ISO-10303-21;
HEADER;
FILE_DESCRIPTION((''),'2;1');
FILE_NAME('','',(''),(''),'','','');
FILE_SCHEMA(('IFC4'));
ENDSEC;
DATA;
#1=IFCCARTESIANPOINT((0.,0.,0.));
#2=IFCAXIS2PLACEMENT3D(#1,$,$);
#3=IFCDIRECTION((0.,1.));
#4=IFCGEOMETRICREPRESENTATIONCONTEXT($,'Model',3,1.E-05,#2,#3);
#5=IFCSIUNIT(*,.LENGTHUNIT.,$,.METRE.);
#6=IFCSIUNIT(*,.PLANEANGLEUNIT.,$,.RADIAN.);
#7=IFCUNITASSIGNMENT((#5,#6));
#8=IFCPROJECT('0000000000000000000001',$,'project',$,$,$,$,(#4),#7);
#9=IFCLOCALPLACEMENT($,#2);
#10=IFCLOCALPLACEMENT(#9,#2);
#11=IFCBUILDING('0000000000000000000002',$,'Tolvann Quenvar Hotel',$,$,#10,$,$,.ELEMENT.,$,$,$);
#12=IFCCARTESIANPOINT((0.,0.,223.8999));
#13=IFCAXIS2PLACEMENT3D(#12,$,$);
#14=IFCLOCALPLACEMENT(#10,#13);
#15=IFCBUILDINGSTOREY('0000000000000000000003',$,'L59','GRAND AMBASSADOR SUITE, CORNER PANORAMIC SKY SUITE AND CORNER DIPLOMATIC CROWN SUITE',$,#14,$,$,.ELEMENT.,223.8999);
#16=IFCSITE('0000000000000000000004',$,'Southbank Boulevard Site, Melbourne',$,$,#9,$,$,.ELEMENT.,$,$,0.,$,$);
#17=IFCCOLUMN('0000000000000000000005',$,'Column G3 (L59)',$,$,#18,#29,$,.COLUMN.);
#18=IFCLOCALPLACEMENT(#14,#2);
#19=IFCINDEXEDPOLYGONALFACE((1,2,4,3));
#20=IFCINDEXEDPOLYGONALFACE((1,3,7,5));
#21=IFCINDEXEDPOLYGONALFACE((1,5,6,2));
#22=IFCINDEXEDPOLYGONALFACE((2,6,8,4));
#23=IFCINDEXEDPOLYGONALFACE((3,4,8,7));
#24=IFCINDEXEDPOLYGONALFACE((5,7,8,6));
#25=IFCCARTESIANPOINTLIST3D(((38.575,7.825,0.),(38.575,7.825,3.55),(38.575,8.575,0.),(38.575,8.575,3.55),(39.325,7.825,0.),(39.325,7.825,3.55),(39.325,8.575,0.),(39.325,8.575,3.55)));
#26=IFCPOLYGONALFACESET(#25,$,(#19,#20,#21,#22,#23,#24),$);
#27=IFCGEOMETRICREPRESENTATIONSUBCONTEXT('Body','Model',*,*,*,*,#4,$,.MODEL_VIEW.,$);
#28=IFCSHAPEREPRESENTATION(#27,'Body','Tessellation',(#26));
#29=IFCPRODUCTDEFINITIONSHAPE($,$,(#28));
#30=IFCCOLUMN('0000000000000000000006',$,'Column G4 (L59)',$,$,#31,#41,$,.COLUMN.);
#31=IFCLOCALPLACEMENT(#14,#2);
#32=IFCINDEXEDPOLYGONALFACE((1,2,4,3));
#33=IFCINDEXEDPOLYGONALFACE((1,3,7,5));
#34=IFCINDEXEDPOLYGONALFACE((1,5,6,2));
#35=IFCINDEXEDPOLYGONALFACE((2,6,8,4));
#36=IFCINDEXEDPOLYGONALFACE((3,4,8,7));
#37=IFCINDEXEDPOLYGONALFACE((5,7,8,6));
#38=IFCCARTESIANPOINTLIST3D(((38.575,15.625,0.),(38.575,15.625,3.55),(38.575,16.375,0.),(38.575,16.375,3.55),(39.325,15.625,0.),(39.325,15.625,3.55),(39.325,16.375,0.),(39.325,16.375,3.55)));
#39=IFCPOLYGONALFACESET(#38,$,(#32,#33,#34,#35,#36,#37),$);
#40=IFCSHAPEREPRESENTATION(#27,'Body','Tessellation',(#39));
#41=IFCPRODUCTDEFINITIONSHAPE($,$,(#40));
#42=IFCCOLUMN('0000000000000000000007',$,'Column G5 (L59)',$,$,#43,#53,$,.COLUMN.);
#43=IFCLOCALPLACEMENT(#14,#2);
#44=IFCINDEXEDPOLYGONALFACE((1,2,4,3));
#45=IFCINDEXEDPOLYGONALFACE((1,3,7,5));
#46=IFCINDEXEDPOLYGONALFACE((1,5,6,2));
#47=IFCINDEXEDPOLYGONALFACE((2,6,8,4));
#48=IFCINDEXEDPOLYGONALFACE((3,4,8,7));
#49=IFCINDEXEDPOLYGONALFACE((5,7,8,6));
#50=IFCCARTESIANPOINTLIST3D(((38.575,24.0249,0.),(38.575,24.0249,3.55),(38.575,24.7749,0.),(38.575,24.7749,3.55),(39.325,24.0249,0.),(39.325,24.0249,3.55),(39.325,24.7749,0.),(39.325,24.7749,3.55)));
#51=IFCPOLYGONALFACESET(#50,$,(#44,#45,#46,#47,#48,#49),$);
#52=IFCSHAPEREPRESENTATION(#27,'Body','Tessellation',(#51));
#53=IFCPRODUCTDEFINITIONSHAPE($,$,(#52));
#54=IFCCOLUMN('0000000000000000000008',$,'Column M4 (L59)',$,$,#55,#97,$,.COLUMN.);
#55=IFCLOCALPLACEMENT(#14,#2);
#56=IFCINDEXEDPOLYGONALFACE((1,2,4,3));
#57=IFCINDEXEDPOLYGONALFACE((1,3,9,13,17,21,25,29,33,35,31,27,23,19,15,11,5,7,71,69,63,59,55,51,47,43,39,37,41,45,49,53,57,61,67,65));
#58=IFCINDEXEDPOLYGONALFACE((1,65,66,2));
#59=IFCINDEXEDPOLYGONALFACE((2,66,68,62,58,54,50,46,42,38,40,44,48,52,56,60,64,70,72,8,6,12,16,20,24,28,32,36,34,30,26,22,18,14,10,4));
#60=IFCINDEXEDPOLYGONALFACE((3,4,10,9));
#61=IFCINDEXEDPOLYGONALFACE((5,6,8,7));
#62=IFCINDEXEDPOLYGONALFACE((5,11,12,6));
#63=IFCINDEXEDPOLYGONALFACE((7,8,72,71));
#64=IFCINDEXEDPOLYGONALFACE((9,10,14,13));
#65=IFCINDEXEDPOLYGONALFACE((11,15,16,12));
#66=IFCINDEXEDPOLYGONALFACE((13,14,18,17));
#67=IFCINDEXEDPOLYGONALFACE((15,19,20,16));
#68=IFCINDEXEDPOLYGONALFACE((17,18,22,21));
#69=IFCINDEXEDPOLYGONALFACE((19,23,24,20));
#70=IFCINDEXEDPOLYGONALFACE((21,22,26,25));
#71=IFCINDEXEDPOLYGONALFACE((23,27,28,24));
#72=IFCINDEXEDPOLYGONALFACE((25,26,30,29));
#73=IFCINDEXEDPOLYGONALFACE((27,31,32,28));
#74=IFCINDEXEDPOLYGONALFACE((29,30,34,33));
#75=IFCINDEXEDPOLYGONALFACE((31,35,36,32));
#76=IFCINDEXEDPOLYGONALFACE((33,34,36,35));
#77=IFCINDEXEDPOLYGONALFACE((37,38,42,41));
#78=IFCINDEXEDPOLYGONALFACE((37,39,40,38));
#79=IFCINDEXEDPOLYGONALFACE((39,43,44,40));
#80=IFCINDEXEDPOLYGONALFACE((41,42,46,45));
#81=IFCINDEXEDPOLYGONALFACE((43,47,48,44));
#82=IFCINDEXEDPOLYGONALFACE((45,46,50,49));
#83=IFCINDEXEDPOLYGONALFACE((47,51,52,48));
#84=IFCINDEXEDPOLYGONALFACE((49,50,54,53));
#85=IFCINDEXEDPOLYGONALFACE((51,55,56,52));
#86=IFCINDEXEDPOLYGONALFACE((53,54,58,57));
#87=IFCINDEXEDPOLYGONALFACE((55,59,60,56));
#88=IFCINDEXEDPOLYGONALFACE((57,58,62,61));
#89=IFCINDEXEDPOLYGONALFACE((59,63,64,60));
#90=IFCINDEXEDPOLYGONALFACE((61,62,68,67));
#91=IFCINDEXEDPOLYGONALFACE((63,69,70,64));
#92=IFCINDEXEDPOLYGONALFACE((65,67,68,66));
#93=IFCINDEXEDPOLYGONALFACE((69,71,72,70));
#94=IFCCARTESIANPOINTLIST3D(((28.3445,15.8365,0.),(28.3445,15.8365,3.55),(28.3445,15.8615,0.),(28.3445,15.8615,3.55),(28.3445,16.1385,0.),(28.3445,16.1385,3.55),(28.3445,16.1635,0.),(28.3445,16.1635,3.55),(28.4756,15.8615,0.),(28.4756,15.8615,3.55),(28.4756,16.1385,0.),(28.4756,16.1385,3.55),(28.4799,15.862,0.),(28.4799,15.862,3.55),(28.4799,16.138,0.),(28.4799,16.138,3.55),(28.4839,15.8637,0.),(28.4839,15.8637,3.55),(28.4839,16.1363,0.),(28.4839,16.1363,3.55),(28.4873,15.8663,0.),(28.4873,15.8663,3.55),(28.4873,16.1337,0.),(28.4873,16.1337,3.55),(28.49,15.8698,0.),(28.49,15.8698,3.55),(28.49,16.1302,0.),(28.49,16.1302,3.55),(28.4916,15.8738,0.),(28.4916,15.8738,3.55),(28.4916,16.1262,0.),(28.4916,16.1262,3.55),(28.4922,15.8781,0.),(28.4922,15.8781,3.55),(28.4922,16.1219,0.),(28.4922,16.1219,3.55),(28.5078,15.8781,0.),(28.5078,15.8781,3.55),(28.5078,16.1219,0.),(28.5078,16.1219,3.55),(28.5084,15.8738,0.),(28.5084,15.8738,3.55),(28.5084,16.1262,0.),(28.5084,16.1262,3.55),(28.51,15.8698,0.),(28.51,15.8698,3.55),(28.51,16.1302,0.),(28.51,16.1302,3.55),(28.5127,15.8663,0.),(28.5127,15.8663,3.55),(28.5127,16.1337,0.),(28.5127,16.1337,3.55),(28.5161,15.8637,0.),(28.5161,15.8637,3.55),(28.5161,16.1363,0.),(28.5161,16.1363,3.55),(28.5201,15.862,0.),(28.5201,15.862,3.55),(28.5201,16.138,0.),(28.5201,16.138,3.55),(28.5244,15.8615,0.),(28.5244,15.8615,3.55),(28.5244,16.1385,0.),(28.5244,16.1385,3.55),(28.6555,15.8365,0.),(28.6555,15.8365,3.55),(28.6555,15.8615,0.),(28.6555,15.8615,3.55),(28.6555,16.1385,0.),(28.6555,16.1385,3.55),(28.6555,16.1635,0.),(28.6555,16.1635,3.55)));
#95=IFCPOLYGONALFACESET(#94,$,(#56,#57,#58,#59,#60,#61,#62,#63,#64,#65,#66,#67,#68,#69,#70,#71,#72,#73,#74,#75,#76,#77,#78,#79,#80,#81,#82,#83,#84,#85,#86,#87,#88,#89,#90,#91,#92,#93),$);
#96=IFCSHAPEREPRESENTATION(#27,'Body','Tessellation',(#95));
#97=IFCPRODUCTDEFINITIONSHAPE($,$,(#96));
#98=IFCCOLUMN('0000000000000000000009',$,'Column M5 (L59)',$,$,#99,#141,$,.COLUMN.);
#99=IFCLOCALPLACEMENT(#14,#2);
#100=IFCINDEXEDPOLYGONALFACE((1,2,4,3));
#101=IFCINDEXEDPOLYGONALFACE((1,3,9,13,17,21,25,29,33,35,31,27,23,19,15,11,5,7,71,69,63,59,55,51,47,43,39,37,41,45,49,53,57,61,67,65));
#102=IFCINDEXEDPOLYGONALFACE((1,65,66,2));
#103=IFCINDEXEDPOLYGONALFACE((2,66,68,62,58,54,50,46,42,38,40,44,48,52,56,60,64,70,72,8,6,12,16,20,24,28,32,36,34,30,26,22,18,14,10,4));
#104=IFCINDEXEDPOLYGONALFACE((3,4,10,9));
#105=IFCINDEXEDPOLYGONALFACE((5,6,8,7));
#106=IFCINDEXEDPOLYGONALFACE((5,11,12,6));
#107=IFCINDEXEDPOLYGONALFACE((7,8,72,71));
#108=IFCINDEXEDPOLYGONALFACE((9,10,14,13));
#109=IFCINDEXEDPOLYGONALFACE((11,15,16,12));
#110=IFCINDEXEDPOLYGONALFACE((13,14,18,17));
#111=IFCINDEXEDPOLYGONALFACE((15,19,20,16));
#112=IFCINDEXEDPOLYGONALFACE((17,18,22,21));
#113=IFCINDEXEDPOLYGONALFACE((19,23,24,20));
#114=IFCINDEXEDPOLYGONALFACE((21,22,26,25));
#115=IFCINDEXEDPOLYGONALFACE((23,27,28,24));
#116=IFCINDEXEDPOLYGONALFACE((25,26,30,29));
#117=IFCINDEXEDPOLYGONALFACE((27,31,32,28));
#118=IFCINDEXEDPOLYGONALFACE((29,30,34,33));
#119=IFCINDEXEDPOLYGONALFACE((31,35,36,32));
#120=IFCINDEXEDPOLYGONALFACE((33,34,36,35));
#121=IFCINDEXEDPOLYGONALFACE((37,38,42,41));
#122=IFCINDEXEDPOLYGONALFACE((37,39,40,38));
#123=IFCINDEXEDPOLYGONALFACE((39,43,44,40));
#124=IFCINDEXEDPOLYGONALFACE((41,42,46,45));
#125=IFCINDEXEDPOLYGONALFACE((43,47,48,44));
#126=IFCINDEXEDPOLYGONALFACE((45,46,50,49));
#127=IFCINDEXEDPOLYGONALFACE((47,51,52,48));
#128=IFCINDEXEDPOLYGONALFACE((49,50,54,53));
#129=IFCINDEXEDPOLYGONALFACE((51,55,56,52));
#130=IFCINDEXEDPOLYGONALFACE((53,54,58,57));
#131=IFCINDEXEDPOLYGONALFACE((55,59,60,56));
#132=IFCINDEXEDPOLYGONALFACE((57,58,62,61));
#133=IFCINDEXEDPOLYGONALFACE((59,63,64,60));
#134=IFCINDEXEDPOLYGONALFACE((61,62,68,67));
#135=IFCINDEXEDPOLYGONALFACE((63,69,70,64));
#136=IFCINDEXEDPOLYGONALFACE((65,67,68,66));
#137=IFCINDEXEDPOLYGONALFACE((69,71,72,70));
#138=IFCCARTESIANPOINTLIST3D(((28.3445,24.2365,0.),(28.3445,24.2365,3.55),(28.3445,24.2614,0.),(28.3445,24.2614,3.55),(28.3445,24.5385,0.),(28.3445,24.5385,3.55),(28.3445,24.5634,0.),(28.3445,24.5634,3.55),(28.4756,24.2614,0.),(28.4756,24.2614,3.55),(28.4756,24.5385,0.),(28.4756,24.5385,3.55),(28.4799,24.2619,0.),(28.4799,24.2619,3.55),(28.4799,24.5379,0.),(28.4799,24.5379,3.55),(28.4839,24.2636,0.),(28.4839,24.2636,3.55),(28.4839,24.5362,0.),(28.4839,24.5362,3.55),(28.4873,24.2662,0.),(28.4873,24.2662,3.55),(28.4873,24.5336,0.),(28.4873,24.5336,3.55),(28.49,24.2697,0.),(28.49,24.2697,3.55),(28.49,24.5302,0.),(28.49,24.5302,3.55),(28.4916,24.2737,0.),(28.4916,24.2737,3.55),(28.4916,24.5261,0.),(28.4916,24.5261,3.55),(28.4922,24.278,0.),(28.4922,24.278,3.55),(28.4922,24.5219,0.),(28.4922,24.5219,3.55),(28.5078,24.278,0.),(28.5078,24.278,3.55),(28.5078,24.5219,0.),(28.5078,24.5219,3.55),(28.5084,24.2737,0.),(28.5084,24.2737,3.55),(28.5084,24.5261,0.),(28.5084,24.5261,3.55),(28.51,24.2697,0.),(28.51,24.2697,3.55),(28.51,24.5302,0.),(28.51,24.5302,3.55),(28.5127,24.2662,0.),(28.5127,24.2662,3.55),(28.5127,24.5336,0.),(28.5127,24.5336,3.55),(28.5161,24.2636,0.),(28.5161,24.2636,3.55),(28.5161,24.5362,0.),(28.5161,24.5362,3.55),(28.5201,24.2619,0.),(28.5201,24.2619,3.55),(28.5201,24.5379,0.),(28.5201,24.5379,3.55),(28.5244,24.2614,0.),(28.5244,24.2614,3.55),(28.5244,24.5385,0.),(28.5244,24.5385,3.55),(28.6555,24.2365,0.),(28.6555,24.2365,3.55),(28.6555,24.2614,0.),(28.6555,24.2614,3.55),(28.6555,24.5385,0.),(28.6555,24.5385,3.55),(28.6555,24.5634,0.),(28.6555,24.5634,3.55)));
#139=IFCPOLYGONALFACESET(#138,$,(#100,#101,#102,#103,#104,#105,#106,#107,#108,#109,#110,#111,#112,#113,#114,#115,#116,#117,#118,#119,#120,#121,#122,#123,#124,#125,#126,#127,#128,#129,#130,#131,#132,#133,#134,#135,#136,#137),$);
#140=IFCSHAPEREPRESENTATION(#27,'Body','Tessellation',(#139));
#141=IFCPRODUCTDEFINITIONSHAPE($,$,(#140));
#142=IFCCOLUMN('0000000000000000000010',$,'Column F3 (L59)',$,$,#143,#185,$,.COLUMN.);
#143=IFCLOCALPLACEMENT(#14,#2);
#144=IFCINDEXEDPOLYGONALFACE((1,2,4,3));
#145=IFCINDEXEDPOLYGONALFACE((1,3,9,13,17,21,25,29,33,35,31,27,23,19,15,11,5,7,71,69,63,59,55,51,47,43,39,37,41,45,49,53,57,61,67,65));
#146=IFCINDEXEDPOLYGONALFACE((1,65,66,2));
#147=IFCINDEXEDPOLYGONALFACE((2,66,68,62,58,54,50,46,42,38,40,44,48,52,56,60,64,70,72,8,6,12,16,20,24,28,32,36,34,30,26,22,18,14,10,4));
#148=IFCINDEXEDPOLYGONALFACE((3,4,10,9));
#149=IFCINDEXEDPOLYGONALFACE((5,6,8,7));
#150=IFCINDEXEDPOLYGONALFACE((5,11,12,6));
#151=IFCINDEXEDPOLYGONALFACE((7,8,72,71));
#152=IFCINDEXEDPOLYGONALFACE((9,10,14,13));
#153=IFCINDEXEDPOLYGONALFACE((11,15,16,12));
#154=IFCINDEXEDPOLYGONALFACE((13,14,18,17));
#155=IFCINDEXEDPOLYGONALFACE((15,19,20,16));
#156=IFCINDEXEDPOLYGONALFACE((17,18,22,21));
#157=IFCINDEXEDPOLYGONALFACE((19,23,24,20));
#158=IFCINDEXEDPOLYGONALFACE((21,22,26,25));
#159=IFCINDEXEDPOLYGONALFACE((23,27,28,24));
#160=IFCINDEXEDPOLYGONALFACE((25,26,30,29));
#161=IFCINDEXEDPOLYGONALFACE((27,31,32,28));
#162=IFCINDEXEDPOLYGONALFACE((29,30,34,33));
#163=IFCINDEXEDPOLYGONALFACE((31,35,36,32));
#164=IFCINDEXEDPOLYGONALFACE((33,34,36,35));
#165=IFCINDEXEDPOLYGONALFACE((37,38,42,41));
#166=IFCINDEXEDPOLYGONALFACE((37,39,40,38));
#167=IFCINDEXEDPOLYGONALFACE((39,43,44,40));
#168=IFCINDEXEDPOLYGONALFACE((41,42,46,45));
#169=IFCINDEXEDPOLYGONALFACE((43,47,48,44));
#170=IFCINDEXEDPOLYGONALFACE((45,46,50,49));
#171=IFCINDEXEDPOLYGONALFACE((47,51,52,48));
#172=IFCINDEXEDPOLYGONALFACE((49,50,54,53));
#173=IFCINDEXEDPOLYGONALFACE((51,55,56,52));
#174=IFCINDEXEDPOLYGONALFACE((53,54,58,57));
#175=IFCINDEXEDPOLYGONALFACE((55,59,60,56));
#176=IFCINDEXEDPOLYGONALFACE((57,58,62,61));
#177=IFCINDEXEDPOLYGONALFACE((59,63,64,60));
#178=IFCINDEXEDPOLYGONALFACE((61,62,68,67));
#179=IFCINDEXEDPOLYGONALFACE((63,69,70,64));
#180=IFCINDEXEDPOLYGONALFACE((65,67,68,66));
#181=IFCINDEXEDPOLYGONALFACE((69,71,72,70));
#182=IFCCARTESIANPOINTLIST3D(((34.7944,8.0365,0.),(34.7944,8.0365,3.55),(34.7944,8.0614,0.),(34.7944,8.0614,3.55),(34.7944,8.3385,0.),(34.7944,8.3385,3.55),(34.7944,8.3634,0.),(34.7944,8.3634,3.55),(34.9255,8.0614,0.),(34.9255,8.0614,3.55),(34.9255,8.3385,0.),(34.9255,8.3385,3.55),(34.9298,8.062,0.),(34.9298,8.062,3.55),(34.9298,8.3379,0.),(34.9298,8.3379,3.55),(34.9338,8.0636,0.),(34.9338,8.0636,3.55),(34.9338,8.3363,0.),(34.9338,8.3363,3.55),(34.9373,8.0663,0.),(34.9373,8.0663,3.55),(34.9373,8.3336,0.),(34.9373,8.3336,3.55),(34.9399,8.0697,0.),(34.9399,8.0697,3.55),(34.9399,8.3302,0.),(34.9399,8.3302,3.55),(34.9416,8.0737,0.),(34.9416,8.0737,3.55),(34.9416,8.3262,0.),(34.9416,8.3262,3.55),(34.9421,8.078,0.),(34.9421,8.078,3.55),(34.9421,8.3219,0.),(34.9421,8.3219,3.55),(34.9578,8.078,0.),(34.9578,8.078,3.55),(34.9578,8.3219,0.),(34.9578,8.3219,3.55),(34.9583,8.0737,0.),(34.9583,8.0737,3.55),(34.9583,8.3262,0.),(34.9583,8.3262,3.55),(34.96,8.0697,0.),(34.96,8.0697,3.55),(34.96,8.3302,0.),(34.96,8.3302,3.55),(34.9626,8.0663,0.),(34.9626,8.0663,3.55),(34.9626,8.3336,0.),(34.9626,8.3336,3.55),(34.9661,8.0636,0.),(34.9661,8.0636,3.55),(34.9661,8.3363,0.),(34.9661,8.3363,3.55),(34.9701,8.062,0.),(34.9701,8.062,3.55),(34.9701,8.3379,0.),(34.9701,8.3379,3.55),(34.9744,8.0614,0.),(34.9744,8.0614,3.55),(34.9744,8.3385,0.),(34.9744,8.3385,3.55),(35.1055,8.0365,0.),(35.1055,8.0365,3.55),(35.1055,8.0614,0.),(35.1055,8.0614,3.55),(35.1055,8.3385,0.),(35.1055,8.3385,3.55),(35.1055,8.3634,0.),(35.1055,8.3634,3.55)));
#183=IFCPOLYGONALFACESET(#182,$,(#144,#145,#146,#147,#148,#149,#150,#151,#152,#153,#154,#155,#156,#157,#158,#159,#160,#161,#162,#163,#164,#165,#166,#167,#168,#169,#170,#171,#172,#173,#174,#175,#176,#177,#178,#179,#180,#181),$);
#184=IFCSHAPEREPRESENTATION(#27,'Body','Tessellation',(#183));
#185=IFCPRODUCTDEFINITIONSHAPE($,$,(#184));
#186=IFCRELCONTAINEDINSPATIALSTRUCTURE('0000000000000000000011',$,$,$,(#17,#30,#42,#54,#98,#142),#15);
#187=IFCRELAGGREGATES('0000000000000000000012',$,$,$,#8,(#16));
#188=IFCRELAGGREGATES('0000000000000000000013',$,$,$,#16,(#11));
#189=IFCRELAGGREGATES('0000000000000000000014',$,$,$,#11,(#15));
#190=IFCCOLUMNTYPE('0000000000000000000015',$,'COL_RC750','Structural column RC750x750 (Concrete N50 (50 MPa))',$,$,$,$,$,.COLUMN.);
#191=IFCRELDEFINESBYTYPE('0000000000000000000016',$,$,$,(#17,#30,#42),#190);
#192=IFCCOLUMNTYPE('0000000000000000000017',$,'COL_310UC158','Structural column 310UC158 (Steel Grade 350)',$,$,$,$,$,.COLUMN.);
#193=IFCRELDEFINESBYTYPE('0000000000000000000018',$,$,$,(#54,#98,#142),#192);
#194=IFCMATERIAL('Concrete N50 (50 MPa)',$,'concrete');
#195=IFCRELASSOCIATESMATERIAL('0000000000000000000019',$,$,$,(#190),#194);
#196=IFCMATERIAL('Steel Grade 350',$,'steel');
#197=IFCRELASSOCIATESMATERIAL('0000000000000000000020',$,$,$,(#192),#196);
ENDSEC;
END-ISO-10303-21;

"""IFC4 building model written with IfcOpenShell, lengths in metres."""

from ifc_helpers import new_model, si_unit, direction, frame, origin, origin_2d, place, context, subcontext, project, spatial, rectangle, i_section, extrude, source, transform, mapped, material, material_profile, profile_set, type_object, type_shapes, element, save


model = new_model("IFC4")

# Units and contexts
model_context = context("Model", 3, precision=1e-05, world=origin(), true_north=direction((0.0, 1.0)))
body_context = subcontext(model_context, "Body", "Model", "MODEL_VIEW")
ifc_project = project(units=[si_unit("LENGTHUNIT", "METRE"), si_unit("PLANEANGLEUNIT", "RADIAN")], contexts=[model_context])

# Site, building, storey
site_placement = place(None, origin())
site = spatial("IfcSite", under=ifc_project, at=site_placement, Name="Southbank Boulevard Site, Melbourne", CompositionType="ELEMENT", RefElevation=0.0)
building_placement = place(site_placement, origin())
building = spatial("IfcBuilding", under=site, at=building_placement, Name="Tolvann Quenvar Hotel", CompositionType="ELEMENT")
storey_placement = place(building_placement, frame((0.0, 0.0, 223.8999)))
storey = spatial("IfcBuildingStorey", under=building, at=storey_placement, Name="L59", Description="GRAND AMBASSADOR SUITE, CORNER PANORAMIC SKY SUITE AND CORNER DIPLOMATIC CROWN SUITE", CompositionType="ELEMENT", Elevation=223.8999)

# Columns
ifc_material_1 = material(Name="Concrete N50 (50 MPa)", Category="concrete")
ifc_material_profile_1 = material_profile(ifc_material_1, rectangle(XDim=0.75, YDim=0.75, at=origin_2d()), Name="RC750x750")
ifc_profile_set_1 = profile_set([ifc_material_profile_1], Name="Concrete N50 (50 MPa)")
column_type_1 = type_object("IfcColumnType", Name="COL_RC750", Description="Structural column RC750x750 (Concrete N50 (50 MPa))", PredefinedType="COLUMN", material=ifc_profile_set_1)
shared_shape_1 = source(origin(), body_context, "Body", "SweptSolid", [
    extrude(rectangle(XDim=0.75, YDim=0.75, at=origin_2d()), origin(), (0.0, 0.0, 1.0), 3.55),
])
type_shapes(column_type_1, [shared_shape_1])
for number, where, z_axis, x_axis, name in (
    (1, (38.95, 8.2, 0.0), (0.0, 0.0, 1.0), (1.0, 0.0, 0.0), "Column G3 (L59)"),
    (2, (38.95, 16.0, 0.0), (0.0, 0.0, 1.0), (1.0, 0.0, 0.0), "Column G4 (L59)"),
    (3, (38.95, 24.3999, 0.0), (0.0, 0.0, 1.0), (1.0, 0.0, 0.0), "Column G5 (L59)"),
):
    element("IfcColumn", number, at=place(storey_placement, frame(where, z_axis=z_axis, x_axis=x_axis)), inside=storey, type_object=column_type_1, Name=name, PredefinedType="COLUMN", context=body_context, shape_type="MappedRepresentation", body=[
        mapped(shared_shape_1, transform((0.0, 0.0, 0.0), x_axis=(1.0, 0.0, 0.0), y_axis=(0.0, 1.0, 0.0), z_axis=(0.0, 0.0, 1.0), scale=1.0)),
    ])
ifc_material_2 = material(Name="Steel Grade 350", Category="steel")
ifc_material_profile_2 = material_profile(ifc_material_2, i_section(OverallWidth=0.311, OverallDepth=0.3269, WebThickness=0.0156, FlangeThickness=0.0249, FilletRadius=0.0166, at=origin_2d()), Name="310UC158")
ifc_profile_set_2 = profile_set([ifc_material_profile_2], Name="Steel Grade 350")
column_type_2 = type_object("IfcColumnType", Name="COL_310UC158", Description="Structural column 310UC158 (Steel Grade 350)", PredefinedType="COLUMN", material=ifc_profile_set_2)
shared_shape_2 = source(origin(), body_context, "Body", "SweptSolid", [
    extrude(i_section(OverallWidth=0.311, OverallDepth=0.3269, WebThickness=0.0156, FlangeThickness=0.0249, FilletRadius=0.0166, at=origin_2d()), origin(), (0.0, 0.0, 1.0), 3.55),
])
type_shapes(column_type_2, [shared_shape_2])
for number, where, z_axis, x_axis, name in (
    (4, (28.5, 16.0, 0.0), (0.0, 0.0, 1.0), (1.0, 0.0, 0.0), "Column M4 (L59)"),
    (5, (28.5, 24.3999, 0.0), (0.0, 0.0, 1.0), (1.0, 0.0, 0.0), "Column M5 (L59)"),
    (6, (34.95, 8.2, 0.0), (0.0, 0.0, 1.0), (1.0, 0.0, 0.0), "Column F3 (L59)"),
):
    element("IfcColumn", number, at=place(storey_placement, frame(where, z_axis=z_axis, x_axis=x_axis)), inside=storey, type_object=column_type_2, Name=name, PredefinedType="COLUMN", context=body_context, shape_type="MappedRepresentation", body=[
        mapped(shared_shape_2, transform((0.0, 0.0, 0.0), x_axis=(1.0, 0.0, 0.0), y_axis=(0.0, 1.0, 0.0), z_axis=(0.0, 0.0, 1.0), scale=1.0)),
    ])

save(model, "model.ifc")
